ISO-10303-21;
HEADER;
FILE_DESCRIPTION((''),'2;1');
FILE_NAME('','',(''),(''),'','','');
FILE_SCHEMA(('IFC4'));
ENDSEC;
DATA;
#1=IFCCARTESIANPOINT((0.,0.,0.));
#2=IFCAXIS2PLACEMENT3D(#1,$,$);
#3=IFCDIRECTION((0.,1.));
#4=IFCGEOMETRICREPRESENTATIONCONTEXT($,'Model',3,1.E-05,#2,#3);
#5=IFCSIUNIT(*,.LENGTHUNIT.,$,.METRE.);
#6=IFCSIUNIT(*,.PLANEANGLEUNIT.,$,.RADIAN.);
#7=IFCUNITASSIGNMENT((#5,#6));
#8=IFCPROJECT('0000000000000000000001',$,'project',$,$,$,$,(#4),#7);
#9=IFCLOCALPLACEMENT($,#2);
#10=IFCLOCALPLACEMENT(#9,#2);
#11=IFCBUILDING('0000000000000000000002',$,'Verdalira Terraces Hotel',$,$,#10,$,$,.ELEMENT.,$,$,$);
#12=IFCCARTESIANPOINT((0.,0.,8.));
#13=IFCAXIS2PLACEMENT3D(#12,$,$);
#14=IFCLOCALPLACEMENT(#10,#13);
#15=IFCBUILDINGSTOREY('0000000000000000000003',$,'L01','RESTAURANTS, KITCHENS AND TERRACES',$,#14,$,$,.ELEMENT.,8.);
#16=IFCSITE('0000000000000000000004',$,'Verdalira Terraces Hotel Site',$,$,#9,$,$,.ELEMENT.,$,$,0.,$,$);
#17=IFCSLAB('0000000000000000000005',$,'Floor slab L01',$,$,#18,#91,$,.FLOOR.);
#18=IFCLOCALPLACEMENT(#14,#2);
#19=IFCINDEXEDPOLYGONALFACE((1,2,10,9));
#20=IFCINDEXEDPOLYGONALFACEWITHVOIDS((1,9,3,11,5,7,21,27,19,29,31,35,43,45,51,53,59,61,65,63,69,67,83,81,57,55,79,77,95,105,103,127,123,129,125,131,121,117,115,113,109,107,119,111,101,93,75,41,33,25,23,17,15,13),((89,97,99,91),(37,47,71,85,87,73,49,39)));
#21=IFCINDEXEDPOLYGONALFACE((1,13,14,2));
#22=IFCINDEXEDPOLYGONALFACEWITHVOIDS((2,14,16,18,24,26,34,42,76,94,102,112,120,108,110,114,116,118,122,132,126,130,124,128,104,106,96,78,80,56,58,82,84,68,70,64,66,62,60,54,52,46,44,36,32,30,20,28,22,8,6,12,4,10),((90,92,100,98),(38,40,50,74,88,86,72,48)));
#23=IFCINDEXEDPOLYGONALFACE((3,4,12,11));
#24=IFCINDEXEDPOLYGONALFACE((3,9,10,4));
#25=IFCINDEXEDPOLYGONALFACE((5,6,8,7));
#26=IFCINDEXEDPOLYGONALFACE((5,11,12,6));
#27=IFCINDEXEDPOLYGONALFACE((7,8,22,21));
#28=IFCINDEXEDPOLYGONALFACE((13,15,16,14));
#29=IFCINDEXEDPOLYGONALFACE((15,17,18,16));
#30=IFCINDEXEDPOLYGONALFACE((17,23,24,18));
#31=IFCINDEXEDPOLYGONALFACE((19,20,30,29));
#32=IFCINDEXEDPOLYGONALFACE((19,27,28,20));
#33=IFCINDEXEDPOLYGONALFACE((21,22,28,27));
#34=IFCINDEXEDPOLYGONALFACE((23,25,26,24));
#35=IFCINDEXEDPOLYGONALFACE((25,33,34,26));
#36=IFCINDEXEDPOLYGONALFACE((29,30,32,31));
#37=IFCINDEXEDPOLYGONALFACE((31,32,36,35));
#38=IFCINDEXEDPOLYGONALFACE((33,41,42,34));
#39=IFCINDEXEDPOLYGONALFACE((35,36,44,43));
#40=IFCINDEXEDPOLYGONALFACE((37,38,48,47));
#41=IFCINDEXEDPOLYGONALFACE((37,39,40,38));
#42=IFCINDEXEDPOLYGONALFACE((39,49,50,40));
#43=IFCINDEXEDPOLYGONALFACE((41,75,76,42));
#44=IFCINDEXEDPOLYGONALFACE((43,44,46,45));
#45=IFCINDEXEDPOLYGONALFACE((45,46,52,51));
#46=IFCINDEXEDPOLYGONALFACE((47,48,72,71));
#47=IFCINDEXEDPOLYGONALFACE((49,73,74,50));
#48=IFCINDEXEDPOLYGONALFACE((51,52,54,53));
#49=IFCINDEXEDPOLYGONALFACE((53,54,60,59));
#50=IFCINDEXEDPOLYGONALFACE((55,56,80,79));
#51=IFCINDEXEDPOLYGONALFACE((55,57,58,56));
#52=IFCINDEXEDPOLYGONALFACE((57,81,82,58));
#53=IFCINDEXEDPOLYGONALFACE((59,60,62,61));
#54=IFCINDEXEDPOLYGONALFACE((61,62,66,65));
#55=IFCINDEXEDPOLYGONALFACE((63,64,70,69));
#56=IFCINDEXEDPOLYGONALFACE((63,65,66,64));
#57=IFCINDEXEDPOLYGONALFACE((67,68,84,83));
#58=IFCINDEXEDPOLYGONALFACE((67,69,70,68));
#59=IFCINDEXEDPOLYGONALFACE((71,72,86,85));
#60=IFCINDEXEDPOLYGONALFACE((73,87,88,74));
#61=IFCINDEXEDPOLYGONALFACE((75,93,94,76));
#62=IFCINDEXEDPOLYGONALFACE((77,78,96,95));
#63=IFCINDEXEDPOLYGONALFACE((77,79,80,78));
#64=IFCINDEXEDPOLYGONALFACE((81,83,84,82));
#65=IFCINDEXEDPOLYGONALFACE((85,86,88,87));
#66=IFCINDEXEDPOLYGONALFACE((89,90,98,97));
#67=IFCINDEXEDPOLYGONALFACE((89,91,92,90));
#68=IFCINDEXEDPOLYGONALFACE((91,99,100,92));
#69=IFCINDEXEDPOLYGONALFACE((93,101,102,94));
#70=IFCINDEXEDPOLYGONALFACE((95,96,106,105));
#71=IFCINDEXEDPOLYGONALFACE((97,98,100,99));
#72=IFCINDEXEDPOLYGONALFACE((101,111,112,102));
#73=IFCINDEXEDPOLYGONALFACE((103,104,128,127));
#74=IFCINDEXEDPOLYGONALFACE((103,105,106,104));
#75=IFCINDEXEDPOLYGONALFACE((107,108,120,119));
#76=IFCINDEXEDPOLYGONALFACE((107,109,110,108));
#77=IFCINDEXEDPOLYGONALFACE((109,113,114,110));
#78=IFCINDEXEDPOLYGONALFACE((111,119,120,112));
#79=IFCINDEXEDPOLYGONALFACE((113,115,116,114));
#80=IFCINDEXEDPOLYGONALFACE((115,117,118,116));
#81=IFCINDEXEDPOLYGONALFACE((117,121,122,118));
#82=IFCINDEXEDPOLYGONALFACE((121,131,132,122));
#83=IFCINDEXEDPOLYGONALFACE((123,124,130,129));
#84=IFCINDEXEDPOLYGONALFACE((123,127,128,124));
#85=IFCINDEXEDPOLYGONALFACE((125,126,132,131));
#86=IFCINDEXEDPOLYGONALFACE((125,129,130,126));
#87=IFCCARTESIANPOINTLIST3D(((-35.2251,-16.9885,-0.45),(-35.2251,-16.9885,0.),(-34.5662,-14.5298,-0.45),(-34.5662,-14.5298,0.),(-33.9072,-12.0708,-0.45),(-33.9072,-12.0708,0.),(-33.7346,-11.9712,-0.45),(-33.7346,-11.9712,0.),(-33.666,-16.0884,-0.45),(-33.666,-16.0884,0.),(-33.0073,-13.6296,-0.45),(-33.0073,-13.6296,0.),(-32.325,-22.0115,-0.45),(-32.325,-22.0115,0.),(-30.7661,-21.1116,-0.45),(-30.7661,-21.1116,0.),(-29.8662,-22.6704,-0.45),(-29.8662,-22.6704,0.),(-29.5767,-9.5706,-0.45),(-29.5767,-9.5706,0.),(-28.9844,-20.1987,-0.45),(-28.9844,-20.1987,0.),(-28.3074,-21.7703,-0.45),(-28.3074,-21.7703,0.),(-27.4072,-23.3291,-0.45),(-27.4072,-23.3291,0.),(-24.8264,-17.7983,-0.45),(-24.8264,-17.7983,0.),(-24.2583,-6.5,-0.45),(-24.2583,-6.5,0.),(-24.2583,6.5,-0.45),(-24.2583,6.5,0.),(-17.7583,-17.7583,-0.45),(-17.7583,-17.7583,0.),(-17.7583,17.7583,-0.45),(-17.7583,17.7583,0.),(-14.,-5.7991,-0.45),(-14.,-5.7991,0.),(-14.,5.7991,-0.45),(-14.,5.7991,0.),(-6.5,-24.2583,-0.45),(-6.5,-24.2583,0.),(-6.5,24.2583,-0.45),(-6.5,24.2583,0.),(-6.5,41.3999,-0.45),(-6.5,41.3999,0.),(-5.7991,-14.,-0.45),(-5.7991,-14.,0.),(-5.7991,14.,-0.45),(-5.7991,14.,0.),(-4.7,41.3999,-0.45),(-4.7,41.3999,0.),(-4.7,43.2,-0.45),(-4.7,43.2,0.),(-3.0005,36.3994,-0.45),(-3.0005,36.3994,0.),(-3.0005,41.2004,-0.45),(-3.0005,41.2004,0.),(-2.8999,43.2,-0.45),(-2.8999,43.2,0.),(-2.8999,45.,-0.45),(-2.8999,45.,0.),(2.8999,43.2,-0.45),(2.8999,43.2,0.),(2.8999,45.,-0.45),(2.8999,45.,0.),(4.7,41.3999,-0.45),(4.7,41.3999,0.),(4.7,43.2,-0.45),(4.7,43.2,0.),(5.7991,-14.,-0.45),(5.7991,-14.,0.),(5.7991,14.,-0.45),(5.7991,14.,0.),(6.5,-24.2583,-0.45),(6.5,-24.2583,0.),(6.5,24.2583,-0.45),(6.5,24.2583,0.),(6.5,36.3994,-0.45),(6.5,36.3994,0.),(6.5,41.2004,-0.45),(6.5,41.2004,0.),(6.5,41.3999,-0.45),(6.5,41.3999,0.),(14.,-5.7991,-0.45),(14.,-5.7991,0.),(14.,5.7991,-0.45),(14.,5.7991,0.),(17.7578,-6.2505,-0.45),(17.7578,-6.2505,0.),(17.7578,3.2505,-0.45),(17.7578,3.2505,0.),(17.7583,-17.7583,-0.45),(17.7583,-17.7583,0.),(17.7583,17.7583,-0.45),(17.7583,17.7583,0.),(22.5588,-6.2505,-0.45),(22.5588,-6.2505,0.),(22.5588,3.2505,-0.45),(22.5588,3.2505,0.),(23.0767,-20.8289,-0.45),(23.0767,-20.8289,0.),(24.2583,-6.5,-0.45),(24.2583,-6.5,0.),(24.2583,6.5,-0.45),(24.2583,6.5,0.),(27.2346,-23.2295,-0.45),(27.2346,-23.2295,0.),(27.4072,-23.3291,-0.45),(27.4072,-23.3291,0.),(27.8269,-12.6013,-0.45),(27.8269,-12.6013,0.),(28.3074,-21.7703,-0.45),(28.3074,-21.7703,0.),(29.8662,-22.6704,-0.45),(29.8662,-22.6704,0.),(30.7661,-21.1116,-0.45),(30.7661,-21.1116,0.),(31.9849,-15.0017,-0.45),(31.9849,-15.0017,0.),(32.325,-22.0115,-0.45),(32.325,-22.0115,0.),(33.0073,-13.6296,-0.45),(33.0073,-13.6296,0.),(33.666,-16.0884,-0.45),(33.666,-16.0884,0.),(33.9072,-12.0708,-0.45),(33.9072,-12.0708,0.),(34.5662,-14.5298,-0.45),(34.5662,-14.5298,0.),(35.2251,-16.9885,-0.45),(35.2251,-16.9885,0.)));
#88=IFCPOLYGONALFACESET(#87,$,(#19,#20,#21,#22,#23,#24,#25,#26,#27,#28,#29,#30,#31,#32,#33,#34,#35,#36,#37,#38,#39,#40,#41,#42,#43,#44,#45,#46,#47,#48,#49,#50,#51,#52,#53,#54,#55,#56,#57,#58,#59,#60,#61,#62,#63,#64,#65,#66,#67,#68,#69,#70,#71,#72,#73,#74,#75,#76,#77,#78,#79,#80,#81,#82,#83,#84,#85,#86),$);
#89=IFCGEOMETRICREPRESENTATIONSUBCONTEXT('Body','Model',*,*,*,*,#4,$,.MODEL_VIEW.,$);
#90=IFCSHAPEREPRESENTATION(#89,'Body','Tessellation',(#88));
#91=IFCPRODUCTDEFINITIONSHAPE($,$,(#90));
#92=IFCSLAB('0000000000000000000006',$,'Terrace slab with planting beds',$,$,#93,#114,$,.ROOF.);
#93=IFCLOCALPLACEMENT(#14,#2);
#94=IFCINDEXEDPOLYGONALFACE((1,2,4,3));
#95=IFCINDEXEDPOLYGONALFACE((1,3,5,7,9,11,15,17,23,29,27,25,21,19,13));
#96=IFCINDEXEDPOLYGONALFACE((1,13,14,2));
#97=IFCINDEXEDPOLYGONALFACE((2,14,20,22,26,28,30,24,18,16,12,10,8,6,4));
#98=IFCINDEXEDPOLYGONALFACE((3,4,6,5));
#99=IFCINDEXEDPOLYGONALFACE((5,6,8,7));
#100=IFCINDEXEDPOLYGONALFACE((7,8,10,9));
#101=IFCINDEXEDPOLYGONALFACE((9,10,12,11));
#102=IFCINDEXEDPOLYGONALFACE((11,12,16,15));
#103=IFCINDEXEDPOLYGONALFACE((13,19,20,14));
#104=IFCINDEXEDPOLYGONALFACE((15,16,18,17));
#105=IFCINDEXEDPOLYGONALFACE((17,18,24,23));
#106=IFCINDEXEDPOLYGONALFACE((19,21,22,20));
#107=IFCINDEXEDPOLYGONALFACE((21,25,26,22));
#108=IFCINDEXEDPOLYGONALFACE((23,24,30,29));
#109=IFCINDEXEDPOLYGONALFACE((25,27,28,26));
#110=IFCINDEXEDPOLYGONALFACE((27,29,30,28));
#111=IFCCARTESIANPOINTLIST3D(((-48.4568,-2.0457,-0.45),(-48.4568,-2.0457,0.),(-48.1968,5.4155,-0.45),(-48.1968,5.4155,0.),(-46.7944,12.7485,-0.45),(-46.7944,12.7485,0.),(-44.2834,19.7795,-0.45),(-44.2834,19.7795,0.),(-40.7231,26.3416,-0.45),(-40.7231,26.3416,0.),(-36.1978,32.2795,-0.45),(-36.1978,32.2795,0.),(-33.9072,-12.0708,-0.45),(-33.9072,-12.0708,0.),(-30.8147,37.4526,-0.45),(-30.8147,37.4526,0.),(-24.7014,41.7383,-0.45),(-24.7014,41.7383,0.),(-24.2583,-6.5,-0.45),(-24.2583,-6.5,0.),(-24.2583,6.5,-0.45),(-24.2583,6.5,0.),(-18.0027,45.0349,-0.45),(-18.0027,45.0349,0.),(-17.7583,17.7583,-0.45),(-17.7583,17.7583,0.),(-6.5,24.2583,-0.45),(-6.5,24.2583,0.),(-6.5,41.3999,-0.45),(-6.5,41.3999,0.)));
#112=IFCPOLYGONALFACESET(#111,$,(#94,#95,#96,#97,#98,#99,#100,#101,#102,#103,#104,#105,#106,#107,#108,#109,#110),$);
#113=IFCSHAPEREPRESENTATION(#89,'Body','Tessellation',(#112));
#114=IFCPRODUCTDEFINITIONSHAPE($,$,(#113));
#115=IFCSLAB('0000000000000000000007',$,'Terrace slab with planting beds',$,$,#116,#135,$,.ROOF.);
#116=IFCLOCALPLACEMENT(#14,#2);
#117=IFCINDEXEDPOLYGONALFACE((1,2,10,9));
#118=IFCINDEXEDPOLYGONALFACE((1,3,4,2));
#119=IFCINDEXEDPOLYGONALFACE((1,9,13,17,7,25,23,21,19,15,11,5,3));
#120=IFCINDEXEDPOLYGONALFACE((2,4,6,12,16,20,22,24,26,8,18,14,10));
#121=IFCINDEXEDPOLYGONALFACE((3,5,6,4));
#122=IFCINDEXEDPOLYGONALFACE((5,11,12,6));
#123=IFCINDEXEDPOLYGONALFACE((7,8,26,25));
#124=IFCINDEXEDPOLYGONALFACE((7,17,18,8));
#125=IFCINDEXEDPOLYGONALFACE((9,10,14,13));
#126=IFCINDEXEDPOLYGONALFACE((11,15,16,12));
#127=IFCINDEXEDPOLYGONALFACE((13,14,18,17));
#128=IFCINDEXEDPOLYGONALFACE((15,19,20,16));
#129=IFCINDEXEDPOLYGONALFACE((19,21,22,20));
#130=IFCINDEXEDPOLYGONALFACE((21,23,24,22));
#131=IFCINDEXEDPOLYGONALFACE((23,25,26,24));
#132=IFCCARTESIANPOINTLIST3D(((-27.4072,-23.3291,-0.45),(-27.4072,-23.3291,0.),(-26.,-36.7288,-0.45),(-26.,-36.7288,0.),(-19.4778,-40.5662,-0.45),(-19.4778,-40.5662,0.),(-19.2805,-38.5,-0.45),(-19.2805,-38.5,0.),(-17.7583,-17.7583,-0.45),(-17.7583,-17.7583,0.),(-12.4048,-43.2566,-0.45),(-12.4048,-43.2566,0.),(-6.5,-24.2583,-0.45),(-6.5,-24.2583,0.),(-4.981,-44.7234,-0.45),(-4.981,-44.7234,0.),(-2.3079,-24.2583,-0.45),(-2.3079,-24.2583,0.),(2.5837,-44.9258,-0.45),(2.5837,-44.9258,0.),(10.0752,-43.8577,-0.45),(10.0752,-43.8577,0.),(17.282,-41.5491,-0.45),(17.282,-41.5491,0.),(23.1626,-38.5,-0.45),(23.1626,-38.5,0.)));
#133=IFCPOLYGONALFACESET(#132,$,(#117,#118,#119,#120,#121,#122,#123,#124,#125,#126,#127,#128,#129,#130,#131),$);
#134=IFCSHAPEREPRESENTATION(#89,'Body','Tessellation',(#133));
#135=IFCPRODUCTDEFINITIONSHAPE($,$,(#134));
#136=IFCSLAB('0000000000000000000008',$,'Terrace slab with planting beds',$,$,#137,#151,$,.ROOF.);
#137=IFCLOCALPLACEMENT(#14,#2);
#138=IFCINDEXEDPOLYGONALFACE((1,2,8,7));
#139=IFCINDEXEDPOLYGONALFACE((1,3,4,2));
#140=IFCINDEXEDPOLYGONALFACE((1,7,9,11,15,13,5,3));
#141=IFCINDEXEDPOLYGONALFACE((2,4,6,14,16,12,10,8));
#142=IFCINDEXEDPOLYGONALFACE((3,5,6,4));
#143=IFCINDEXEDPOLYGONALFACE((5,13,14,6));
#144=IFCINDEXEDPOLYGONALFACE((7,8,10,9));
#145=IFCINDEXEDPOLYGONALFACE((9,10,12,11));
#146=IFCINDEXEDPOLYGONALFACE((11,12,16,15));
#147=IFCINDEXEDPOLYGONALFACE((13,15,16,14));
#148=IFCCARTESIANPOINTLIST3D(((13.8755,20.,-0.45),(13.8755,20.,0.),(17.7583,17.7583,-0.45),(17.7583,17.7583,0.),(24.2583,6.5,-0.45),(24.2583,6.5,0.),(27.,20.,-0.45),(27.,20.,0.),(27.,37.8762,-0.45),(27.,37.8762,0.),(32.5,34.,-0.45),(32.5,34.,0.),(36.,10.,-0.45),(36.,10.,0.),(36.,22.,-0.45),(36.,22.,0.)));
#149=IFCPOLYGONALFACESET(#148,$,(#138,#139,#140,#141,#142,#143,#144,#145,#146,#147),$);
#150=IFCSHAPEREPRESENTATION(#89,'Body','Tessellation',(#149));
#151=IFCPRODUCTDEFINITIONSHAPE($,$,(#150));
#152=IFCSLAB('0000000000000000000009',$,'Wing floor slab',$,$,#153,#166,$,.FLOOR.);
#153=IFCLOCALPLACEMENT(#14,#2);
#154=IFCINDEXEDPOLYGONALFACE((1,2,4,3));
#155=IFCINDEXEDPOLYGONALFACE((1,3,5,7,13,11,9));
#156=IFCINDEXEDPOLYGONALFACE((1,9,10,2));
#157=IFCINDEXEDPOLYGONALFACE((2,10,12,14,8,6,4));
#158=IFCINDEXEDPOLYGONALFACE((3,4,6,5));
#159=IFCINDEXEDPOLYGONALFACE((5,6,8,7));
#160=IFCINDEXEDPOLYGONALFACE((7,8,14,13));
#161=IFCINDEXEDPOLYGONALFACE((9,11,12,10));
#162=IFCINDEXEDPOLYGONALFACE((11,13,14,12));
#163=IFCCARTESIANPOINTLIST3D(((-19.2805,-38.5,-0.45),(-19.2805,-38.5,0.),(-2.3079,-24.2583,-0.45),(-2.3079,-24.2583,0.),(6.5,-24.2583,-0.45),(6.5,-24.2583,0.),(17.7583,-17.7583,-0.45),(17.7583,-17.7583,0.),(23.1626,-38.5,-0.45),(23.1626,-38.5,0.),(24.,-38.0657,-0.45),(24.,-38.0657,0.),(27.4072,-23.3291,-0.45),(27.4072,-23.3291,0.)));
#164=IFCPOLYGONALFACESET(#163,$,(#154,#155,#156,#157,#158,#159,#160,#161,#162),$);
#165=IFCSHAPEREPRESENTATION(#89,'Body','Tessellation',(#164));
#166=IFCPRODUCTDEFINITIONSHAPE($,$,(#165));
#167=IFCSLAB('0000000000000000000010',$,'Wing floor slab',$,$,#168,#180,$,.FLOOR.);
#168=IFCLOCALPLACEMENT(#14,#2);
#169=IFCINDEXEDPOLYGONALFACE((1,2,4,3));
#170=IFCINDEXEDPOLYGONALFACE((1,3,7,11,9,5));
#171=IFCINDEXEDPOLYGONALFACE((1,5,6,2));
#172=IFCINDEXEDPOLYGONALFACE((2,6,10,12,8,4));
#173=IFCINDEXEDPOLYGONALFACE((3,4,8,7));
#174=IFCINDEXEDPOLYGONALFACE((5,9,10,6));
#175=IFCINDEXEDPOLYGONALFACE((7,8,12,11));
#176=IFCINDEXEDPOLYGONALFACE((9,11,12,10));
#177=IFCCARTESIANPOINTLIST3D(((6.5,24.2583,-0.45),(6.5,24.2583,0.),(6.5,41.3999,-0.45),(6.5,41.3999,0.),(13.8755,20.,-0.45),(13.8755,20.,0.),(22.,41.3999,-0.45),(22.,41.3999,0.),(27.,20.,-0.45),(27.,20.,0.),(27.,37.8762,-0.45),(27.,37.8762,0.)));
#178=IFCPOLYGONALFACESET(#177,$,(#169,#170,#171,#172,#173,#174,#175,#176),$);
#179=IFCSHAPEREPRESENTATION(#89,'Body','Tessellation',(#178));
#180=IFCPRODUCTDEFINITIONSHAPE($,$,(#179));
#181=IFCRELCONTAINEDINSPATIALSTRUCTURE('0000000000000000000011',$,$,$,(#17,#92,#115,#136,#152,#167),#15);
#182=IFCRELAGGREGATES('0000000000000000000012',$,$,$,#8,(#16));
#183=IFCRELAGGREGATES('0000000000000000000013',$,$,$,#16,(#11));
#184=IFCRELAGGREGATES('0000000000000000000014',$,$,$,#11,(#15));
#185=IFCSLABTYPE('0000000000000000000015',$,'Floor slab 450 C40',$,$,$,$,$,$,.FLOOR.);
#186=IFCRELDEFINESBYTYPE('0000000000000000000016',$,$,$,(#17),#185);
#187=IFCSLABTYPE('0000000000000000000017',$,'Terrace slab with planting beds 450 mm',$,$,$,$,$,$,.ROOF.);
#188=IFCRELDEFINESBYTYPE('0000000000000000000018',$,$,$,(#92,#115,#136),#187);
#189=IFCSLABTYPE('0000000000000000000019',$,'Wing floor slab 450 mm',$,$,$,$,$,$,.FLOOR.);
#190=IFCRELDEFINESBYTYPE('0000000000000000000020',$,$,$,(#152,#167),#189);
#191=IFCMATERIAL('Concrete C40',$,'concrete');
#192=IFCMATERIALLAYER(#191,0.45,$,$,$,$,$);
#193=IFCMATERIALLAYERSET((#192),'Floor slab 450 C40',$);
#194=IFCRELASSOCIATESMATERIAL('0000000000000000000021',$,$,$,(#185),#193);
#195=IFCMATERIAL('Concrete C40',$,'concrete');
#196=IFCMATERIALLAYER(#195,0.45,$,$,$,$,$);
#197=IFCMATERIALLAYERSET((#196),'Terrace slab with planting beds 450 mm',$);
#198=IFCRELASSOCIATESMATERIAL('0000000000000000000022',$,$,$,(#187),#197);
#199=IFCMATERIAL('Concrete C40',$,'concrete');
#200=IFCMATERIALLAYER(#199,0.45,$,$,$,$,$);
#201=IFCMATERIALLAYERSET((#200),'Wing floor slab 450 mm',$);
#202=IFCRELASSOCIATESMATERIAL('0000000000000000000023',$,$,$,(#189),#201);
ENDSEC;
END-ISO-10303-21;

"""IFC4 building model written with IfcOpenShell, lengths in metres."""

from ifc_helpers import new_model, si_unit, direction, frame, origin, place, context, subcontext, project, spatial, polyline, outline, extrude, material, layer, layer_set, type_object, element, save


model = new_model("IFC4")

# Units and contexts
model_context = context("Model", 3, precision=1e-05, world=origin(), true_north=direction((0.0, 1.0)))
body_context = subcontext(model_context, "Body", "Model", "MODEL_VIEW")
ifc_project = project(units=[si_unit("LENGTHUNIT", "METRE"), si_unit("PLANEANGLEUNIT", "RADIAN")], contexts=[model_context])

# Site, building, storey
site_placement = place(None, origin())
site = spatial("IfcSite", under=ifc_project, at=site_placement, Name="Verdalira Terraces Hotel Site", CompositionType="ELEMENT", RefElevation=0.0)
building_placement = place(site_placement, origin())
building = spatial("IfcBuilding", under=site, at=building_placement, Name="Verdalira Terraces Hotel", CompositionType="ELEMENT")
storey_placement = place(building_placement, frame((0.0, 0.0, 8.0)))
storey = spatial("IfcBuildingStorey", under=building, at=storey_placement, Name="L01", Description="RESTAURANTS, KITCHENS AND TERRACES", CompositionType="ELEMENT", Elevation=8.0)

# Slabs
ifc_material_1 = material(Name="Concrete C40", Category="concrete")
ifc_layer_1 = layer(ifc_material_1, 0.45)
ifc_layer_set_1 = layer_set([ifc_layer_1], Name="Floor slab 450 C40")
slab_type_1 = type_object("IfcSlabType", Name="Floor slab 450 C40", PredefinedType="FLOOR", material=ifc_layer_set_1)
slab_1_placement = place(storey_placement, frame((0.0, 0.0, -0.45)))
element("IfcSlab", 1, at=slab_1_placement, inside=storey, type_object=slab_type_1, Name="Floor slab L01", PredefinedType="FLOOR", context=body_context, shape_type="SweptSolid", body=[
    extrude(outline(polyline([(33.0073, -13.6296), (33.9072, -12.0708), (24.2583, -6.5), (24.2583, 6.5), (17.7583, 17.7583), (6.5, 24.2583), (6.5, 36.3994), (-3.0005, 36.3994), (-3.0005, 41.2004), (6.5, 41.2004), (6.5, 41.3999), (4.7, 41.3999), (4.7, 43.2), (2.8999, 43.2), (2.8999, 45.0), (-2.8999, 45.0), (-2.8999, 43.2), (-4.7, 43.2), (-4.7, 41.3999), (-6.5, 41.3999), (-6.5, 24.2583), (-17.7583, 17.7583), (-24.2583, 6.5), (-24.2583, -6.5), (-29.5767, -9.5706), (-24.8264, -17.7983), (-28.9844, -20.1987), (-33.7346, -11.9712), (-33.9072, -12.0708), (-33.0073, -13.6296), (-34.5662, -14.5298), (-33.666, -16.0884), (-35.2251, -16.9885), (-32.325, -22.0115), (-30.7661, -21.1116), (-29.8662, -22.6704), (-28.3074, -21.7703), (-27.4072, -23.3291), (-17.7583, -17.7583), (-6.5, -24.2583), (6.5, -24.2583), (17.7583, -17.7583), (23.0767, -20.8289), (27.8269, -12.6013), (31.9849, -15.0017), (27.2346, -23.2295), (27.4072, -23.3291), (28.3074, -21.7703), (29.8662, -22.6704), (30.7661, -21.1116), (32.325, -22.0115), (35.2251, -16.9885), (33.666, -16.0884), (34.5662, -14.5298), (33.0073, -13.6296)]), holes=[polyline([(-5.7991, -14.0), (-14.0, -5.7991), (-14.0, 5.7991), (-5.7991, 14.0), (5.7991, 14.0), (14.0, 5.7991), (14.0, -5.7991), (5.7991, -14.0), (-5.7991, -14.0)]), polyline([(22.5588, -6.2505), (17.7578, -6.2505), (17.7578, 3.2505), (22.5588, 3.2505), (22.5588, -6.2505)])]), origin(), (0.0, 0.0, 1.0), 0.45),
])
ifc_material_2 = material(Name="Concrete C40", Category="concrete")
ifc_layer_2 = layer(ifc_material_2, 0.45)
ifc_layer_set_2 = layer_set([ifc_layer_2], Name="Terrace slab with planting beds 450 mm")
slab_type_2 = type_object("IfcSlabType", Name="Terrace slab with planting beds 450 mm", PredefinedType="ROOF", material=ifc_layer_set_2)
slab_2_placement = place(storey_placement, frame((0.0, 0.0, -0.45)))
element("IfcSlab", 2, at=slab_2_placement, inside=storey, type_object=slab_type_2, Name="Terrace slab with planting beds", PredefinedType="ROOF", context=body_context, shape_type="SweptSolid", body=[
    extrude(outline(polyline([(-48.1968, 5.4155), (-46.7944, 12.7485), (-44.2834, 19.7795), (-40.7231, 26.3416), (-36.1978, 32.2795), (-30.8147, 37.4526), (-24.7014, 41.7383), (-18.0027, 45.0349), (-6.5, 41.3999), (-6.5, 24.2583), (-17.7583, 17.7583), (-24.2583, 6.5), (-24.2583, -6.5), (-33.9072, -12.0708), (-48.4568, -2.0457), (-48.1968, 5.4155)])), origin(), (0.0, 0.0, 1.0), 0.45),
])
slab_3_placement = place(storey_placement, frame((0.0, 0.0, -0.45)))
element("IfcSlab", 3, at=slab_3_placement, inside=storey, type_object=slab_type_2, Name="Terrace slab with planting beds", PredefinedType="ROOF", context=body_context, shape_type="SweptSolid", body=[
    extrude(outline(polyline([(10.0752, -43.8577), (2.5837, -44.9258), (-4.981, -44.7234), (-12.4048, -43.2566), (-19.4778, -40.5662), (-26.0, -36.7288), (-27.4072, -23.3291), (-17.7583, -17.7583), (-6.5, -24.2583), (-2.3079, -24.2583), (-19.2805, -38.5), (23.1626, -38.5), (17.282, -41.5491), (10.0752, -43.8577)])), origin(), (0.0, 0.0, 1.0), 0.45),
])
slab_4_placement = place(storey_placement, frame((0.0, 0.0, -0.45)))
element("IfcSlab", 4, at=slab_4_placement, inside=storey, type_object=slab_type_2, Name="Terrace slab with planting beds", PredefinedType="ROOF", context=body_context, shape_type="SweptSolid", body=[
    extrude(outline(polyline([(36.0, 22.0), (36.0, 10.0), (24.2583, 6.5), (17.7583, 17.7583), (13.8755, 20.0), (27.0, 20.0), (27.0, 37.8762), (32.5, 34.0), (36.0, 22.0)])), origin(), (0.0, 0.0, 1.0), 0.45),
])
ifc_material_3 = material(Name="Concrete C40", Category="concrete")
ifc_layer_3 = layer(ifc_material_3, 0.45)
ifc_layer_set_3 = layer_set([ifc_layer_3], Name="Wing floor slab 450 mm")
slab_type_3 = type_object("IfcSlabType", Name="Wing floor slab 450 mm", PredefinedType="FLOOR", material=ifc_layer_set_3)
slab_5_placement = place(storey_placement, frame((0.0, 0.0, -0.45)))
element("IfcSlab", 5, at=slab_5_placement, inside=storey, type_object=slab_type_3, Name="Wing floor slab", PredefinedType="FLOOR", context=body_context, shape_type="SweptSolid", body=[
    extrude(outline(polyline([(6.5, -24.2583), (17.7583, -17.7583), (27.4072, -23.3291), (24.0, -38.0657), (23.1626, -38.5), (-19.2805, -38.5), (-2.3079, -24.2583), (6.5, -24.2583)])), origin(), (0.0, 0.0, 1.0), 0.45),
])
slab_6_placement = place(storey_placement, frame((0.0, 0.0, -0.45)))
element("IfcSlab", 6, at=slab_6_placement, inside=storey, type_object=slab_type_3, Name="Wing floor slab", PredefinedType="FLOOR", context=body_context, shape_type="SweptSolid", body=[
    extrude(outline(polyline([(27.0, 37.8762), (27.0, 20.0), (13.8755, 20.0), (6.5, 24.2583), (6.5, 41.3999), (22.0, 41.3999), (27.0, 37.8762)])), origin(), (0.0, 0.0, 1.0), 0.45),
])

save(model, "model.ifc")
